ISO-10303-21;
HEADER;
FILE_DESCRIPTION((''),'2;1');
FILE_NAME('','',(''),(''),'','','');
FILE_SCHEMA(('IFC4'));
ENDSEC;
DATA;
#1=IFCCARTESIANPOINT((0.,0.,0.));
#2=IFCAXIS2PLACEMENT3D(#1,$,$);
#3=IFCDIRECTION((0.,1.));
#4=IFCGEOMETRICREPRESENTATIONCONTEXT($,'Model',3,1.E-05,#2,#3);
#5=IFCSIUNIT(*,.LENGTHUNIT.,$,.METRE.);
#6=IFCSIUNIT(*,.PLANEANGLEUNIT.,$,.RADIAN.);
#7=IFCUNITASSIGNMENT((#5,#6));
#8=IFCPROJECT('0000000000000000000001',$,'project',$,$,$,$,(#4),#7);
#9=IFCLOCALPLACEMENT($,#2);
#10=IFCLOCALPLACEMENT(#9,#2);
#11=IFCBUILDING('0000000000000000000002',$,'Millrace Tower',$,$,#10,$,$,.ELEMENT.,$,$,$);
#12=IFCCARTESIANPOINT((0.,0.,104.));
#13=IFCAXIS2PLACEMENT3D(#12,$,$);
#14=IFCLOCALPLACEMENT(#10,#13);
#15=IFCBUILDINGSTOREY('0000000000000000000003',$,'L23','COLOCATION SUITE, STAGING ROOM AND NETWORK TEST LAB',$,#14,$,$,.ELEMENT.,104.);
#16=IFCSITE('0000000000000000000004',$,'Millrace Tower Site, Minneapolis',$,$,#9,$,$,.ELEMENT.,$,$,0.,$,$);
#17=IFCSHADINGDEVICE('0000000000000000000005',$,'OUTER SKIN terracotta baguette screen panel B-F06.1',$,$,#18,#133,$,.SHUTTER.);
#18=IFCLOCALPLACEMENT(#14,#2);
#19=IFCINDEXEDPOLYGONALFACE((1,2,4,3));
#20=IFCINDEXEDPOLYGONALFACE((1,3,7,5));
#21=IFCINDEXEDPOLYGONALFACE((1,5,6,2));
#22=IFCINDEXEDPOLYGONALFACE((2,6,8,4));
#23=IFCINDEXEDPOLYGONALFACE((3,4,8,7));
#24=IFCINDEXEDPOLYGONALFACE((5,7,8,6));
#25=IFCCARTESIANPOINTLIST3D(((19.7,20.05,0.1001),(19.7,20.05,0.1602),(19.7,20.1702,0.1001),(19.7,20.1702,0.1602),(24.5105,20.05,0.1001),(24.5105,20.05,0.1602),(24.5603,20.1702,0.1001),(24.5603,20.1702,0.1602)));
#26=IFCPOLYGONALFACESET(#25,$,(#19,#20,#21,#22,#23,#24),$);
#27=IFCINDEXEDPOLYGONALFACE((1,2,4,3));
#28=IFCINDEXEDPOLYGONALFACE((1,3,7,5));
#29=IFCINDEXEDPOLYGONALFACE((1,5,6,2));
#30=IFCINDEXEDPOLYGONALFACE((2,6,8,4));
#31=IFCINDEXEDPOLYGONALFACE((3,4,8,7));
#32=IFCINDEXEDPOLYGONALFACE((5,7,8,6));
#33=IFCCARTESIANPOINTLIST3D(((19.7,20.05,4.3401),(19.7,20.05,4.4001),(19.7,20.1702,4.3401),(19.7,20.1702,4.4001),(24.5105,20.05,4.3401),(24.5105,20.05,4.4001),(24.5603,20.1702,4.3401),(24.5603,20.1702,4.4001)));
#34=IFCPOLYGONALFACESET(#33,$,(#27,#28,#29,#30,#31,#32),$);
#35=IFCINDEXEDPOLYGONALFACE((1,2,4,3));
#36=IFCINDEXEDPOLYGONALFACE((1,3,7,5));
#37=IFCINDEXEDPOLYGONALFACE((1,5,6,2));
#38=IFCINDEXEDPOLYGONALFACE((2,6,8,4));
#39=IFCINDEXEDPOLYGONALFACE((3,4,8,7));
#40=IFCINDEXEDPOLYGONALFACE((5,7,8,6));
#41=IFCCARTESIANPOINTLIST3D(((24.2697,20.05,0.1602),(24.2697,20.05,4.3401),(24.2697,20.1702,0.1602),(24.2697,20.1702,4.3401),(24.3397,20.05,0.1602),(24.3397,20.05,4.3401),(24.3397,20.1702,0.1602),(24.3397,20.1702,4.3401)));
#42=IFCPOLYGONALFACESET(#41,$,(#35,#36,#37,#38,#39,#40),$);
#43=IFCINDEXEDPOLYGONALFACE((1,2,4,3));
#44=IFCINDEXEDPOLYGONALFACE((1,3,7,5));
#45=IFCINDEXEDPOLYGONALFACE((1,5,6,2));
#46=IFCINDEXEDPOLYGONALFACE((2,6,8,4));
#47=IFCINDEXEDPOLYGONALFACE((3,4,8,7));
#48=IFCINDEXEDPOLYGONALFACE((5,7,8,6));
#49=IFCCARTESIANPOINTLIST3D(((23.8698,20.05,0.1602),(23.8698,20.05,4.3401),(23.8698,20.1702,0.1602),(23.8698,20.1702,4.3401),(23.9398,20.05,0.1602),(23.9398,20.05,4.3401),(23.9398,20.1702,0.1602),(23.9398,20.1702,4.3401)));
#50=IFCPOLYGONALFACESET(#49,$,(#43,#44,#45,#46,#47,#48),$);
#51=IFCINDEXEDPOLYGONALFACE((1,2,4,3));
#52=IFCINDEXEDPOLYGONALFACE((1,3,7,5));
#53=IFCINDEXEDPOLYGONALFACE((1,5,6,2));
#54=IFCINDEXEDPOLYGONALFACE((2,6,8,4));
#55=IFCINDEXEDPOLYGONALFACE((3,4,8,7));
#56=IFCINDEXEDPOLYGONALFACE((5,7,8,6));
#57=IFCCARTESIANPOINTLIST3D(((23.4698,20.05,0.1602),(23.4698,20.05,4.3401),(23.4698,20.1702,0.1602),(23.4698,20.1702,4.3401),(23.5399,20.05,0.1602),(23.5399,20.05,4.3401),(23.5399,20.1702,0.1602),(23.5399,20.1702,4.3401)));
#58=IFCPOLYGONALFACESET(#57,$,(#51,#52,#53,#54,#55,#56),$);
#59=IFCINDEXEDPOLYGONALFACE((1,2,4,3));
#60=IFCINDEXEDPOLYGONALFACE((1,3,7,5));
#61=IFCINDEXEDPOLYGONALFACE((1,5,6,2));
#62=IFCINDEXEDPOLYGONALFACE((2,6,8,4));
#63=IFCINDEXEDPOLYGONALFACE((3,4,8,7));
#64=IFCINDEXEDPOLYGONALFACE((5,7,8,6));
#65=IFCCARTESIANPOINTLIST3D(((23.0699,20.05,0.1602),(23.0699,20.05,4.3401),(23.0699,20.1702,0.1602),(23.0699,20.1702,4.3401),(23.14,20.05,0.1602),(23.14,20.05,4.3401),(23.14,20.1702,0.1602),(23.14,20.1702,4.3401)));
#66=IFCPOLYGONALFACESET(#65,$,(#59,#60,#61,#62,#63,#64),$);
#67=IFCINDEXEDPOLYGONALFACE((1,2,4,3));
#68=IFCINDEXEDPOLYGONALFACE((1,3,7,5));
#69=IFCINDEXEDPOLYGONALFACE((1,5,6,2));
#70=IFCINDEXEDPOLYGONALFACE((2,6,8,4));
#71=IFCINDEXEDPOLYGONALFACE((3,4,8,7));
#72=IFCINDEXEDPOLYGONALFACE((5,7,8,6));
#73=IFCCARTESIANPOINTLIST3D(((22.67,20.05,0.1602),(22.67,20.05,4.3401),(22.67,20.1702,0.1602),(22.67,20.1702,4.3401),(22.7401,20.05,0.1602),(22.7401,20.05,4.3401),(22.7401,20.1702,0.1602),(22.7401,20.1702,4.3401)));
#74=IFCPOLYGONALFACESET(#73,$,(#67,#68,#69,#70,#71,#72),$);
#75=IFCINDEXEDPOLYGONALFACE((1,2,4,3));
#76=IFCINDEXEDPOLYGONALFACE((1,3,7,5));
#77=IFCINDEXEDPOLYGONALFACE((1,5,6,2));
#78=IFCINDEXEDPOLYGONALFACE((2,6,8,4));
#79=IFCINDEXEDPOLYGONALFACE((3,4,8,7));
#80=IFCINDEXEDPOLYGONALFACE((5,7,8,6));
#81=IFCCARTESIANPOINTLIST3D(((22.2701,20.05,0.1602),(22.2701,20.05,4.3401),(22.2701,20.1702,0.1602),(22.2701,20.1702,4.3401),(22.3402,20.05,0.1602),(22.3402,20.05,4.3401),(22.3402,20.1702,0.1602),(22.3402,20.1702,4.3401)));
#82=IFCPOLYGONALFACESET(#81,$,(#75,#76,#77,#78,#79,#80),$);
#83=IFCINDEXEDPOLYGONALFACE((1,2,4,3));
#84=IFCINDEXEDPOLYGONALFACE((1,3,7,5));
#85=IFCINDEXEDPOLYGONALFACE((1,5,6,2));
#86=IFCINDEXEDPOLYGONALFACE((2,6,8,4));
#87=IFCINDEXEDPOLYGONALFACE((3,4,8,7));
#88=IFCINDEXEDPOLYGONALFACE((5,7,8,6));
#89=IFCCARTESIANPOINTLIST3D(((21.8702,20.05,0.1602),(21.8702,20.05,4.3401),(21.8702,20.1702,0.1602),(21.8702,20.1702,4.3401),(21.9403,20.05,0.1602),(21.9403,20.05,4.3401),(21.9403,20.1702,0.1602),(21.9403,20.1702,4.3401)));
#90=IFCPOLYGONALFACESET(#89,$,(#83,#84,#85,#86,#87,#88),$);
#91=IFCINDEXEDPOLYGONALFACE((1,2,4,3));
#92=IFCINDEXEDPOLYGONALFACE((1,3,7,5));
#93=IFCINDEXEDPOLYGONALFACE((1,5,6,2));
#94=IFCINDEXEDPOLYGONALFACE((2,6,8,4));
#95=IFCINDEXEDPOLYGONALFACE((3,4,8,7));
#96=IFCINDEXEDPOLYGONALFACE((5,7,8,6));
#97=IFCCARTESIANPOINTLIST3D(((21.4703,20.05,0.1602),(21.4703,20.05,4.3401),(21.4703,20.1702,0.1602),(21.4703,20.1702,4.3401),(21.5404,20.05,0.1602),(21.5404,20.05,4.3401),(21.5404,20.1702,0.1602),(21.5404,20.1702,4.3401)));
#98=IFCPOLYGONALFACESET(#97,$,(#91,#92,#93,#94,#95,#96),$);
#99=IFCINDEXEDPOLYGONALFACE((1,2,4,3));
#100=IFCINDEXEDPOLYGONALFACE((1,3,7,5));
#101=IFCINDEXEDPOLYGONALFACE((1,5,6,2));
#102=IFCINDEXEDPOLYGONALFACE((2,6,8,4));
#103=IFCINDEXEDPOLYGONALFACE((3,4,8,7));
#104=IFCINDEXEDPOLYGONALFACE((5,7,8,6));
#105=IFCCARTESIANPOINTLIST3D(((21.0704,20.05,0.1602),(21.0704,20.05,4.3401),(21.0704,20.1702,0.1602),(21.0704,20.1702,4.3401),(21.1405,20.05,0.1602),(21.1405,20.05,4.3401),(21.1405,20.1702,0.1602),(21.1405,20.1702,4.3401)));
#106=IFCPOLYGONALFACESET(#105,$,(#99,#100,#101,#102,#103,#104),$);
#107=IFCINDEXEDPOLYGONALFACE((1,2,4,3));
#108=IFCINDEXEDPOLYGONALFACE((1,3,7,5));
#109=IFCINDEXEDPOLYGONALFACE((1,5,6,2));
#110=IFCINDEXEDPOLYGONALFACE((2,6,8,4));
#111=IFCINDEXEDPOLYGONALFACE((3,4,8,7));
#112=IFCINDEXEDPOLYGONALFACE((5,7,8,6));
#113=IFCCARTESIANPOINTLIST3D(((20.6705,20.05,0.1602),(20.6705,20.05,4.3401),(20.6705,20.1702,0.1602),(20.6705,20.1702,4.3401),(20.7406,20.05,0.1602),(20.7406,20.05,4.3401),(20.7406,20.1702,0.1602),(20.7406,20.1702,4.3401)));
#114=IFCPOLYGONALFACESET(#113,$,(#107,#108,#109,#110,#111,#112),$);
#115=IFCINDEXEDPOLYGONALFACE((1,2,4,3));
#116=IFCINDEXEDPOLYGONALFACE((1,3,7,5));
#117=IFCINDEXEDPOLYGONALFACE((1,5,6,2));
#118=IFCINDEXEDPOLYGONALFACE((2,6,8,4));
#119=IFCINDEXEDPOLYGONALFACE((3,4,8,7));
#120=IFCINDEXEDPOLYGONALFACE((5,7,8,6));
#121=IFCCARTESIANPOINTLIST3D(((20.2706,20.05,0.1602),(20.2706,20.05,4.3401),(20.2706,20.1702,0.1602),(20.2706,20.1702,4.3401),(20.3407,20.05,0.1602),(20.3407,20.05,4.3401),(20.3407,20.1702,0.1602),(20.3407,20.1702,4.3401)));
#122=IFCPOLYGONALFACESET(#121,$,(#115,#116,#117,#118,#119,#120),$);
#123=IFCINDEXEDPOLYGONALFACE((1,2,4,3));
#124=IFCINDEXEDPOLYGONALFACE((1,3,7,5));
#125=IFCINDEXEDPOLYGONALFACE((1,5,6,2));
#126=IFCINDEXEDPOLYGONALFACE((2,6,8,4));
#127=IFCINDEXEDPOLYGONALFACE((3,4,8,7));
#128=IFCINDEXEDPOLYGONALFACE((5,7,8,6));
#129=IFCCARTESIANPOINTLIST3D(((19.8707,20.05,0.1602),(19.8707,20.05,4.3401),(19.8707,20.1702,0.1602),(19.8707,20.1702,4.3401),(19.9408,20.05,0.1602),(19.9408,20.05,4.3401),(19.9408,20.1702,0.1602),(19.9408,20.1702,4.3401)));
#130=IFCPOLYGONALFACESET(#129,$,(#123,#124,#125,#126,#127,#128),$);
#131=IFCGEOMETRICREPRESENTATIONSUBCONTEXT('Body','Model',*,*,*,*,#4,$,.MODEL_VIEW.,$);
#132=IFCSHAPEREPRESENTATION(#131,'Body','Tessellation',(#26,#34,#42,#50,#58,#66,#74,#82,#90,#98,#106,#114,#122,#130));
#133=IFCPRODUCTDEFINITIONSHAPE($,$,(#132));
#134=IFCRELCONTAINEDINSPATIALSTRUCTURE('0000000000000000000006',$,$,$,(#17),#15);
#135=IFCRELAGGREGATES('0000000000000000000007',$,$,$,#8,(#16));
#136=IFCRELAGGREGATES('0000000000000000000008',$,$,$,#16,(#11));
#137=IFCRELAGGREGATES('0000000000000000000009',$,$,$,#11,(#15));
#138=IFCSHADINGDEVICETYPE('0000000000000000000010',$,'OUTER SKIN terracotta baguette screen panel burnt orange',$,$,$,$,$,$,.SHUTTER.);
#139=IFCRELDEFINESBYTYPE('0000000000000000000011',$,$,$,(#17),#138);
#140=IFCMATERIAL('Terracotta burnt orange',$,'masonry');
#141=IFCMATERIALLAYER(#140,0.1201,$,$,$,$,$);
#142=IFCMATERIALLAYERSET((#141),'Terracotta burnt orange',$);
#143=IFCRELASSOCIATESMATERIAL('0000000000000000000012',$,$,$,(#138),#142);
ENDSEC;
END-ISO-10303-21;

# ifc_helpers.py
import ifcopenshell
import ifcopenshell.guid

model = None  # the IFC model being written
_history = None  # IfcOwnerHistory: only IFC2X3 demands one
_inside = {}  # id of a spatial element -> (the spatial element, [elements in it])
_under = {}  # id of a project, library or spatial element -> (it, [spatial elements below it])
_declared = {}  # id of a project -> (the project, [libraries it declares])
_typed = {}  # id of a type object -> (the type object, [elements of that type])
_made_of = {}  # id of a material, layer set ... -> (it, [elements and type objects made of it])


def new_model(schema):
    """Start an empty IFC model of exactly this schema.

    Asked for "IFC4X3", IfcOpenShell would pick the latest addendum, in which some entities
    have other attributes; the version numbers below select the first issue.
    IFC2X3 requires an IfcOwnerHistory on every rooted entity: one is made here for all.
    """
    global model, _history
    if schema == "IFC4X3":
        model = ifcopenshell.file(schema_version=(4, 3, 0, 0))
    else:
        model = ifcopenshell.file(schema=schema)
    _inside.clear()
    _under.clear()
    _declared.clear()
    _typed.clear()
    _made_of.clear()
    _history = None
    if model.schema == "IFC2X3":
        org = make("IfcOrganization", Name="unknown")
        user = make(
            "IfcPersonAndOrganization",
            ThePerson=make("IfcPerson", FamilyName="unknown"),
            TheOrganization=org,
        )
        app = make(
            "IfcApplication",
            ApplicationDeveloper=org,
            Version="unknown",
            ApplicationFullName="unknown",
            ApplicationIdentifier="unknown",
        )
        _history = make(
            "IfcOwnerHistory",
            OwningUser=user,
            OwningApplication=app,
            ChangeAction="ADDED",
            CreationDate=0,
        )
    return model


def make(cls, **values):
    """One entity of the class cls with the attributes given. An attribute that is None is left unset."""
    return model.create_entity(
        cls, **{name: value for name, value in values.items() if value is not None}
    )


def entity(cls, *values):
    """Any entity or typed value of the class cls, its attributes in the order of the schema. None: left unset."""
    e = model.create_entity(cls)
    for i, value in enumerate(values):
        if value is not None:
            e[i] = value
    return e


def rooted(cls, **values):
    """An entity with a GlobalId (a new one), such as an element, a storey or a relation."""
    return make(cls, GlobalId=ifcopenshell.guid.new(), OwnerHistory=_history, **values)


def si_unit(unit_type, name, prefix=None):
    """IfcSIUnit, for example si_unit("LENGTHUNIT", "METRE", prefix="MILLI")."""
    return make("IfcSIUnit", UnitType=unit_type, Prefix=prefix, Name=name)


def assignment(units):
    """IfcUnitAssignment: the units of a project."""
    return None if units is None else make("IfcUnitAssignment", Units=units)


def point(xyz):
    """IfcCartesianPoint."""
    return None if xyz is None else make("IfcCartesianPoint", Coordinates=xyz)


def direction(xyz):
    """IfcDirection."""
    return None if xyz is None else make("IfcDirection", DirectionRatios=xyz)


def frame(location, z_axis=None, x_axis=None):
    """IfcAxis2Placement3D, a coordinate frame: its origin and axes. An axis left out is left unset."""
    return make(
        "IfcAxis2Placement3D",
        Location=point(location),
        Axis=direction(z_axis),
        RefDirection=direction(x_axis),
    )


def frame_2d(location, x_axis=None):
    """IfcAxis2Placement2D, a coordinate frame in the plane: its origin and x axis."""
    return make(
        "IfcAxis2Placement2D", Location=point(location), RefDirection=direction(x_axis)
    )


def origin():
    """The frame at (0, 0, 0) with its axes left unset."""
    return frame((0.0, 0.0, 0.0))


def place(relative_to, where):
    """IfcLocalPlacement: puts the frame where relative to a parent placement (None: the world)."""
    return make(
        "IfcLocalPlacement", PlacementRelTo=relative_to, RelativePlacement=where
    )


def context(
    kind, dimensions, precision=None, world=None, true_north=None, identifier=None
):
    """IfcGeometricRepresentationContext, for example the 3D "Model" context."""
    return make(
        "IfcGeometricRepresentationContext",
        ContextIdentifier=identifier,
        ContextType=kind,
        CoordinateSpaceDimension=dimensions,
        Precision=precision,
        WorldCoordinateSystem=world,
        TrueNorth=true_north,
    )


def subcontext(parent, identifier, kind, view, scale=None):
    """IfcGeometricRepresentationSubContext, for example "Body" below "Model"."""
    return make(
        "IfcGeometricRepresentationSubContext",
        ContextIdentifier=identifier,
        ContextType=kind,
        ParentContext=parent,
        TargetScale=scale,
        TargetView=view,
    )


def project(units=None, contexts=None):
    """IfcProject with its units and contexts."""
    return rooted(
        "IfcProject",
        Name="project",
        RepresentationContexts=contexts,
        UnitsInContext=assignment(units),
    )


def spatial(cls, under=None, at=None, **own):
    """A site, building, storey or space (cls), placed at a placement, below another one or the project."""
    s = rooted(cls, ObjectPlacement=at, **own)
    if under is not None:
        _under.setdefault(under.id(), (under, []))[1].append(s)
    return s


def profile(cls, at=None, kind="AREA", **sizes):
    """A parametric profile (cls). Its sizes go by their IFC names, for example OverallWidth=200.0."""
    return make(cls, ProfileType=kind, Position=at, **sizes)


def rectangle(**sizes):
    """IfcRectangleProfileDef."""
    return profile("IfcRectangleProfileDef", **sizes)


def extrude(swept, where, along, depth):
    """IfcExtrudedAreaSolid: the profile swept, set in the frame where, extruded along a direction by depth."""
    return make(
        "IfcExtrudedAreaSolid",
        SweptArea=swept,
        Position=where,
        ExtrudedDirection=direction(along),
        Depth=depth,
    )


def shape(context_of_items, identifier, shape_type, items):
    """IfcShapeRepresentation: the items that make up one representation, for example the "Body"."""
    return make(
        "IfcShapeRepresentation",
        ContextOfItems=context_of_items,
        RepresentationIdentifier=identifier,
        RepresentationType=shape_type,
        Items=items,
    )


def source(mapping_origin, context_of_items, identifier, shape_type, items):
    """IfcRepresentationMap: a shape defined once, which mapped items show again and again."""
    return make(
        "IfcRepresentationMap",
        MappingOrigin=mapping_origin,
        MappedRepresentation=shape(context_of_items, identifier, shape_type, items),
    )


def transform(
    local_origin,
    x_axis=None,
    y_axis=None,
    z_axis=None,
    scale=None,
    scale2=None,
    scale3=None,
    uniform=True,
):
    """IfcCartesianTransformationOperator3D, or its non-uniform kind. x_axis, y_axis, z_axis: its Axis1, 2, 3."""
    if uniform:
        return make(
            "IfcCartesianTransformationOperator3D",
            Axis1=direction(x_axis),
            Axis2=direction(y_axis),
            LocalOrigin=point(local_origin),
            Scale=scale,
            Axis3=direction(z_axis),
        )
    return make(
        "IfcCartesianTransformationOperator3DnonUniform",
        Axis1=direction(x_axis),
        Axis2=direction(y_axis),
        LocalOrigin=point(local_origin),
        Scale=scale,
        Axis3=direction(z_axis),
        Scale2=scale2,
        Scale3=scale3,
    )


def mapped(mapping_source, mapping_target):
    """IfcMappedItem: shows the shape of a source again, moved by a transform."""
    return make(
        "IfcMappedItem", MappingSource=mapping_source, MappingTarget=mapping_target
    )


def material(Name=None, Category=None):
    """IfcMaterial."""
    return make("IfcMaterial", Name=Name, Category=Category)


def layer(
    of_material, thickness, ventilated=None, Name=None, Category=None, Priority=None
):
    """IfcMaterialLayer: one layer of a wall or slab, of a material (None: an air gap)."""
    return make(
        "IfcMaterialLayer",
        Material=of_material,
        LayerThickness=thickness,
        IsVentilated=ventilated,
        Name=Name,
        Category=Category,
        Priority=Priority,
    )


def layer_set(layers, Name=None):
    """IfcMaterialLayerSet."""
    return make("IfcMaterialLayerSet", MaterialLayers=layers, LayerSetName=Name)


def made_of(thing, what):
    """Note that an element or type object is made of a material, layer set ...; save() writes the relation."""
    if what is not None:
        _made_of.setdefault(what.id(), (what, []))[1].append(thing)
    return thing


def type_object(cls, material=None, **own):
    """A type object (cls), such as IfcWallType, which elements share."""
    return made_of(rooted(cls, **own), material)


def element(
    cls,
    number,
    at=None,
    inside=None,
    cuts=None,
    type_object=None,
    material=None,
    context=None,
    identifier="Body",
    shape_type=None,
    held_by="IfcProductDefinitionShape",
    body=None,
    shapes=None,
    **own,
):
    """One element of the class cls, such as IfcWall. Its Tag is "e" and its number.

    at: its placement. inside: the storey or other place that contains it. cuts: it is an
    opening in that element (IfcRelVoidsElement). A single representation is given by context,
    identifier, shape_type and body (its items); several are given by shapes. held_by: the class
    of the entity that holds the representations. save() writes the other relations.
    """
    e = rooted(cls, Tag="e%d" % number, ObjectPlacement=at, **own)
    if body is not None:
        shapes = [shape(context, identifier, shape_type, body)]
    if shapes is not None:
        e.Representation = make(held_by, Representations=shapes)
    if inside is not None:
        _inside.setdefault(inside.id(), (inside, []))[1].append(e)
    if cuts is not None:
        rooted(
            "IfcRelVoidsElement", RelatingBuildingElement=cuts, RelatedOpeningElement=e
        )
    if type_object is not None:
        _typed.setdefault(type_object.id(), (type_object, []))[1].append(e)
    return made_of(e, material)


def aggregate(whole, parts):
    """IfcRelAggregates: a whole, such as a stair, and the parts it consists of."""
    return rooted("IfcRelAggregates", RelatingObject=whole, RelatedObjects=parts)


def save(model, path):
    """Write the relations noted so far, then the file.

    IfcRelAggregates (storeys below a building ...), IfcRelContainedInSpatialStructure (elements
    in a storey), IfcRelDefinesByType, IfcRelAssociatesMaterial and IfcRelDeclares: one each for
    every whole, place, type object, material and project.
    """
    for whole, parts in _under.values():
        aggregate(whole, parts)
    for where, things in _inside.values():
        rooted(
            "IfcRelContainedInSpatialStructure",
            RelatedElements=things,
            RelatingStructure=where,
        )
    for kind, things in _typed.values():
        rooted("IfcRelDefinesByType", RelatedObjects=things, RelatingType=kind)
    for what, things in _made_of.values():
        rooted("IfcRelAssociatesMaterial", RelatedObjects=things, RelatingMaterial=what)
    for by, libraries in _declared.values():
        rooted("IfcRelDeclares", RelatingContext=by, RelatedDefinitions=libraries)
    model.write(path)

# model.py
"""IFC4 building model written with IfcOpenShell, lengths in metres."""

from ifc_helpers import new_model, entity, si_unit, direction, frame, frame_2d, origin, place, context, subcontext, project, spatial, rectangle, extrude, source, transform, mapped, material, layer, layer_set, type_object, element, save


model = new_model("IFC4")

# Units and contexts
model_context = context("Model", 3, precision=1e-05, world=origin(), true_north=direction((0.0, 1.0)))
body_context = subcontext(model_context, "Body", "Model", "MODEL_VIEW")
ifc_project = project(units=[si_unit("LENGTHUNIT", "METRE"), si_unit("PLANEANGLEUNIT", "RADIAN")], contexts=[model_context])

# Site, building, storey
site_placement = place(None, origin())
site = spatial("IfcSite", under=ifc_project, at=site_placement, Name="Millrace Tower Site, Minneapolis", CompositionType="ELEMENT", RefElevation=0.0)
building_placement = place(site_placement, origin())
building = spatial("IfcBuilding", under=site, at=building_placement, Name="Millrace Tower", CompositionType="ELEMENT")
storey_placement = place(building_placement, frame((0.0, 0.0, 104.0)))
storey = spatial("IfcBuildingStorey", under=building, at=storey_placement, Name="L23", Description="COLOCATION SUITE, STAGING ROOM AND NETWORK TEST LAB", CompositionType="ELEMENT", Elevation=104.0)

# Shading device
ifc_material_1 = material(Name="Terracotta burnt orange", Category="masonry")
ifc_layer_1 = layer(ifc_material_1, 0.1201)
ifc_layer_set_1 = layer_set([ifc_layer_1], Name="Terracotta burnt orange")
shading_device_type = type_object("IfcShadingDeviceType", Name="OUTER SKIN terracotta baguette screen panel burnt orange", PredefinedType="SHUTTER", material=ifc_layer_set_1)
cartesian_point_1 = entity("IfcCartesianPoint", [-2.3928, 0.0601])
shared_polyline_1 = entity("IfcPolyline", [cartesian_point_1, entity("IfcCartesianPoint", [2.4177, 0.0601]), entity("IfcCartesianPoint", [2.4177, -0.0601]), entity("IfcCartesianPoint", [-2.4426, -0.0601]), cartesian_point_1])
shared_shape_1 = source(origin(), body_context, "Body", "SweptSolid", [
    entity("IfcExtrudedAreaSolid", entity("IfcArbitraryClosedProfileDef", "AREA", None, shared_polyline_1), entity("IfcAxis2Placement3D", entity("IfcCartesianPoint", [0.0, 0.0, 0.0])), entity("IfcDirection", [0.0, 0.0, 1.0]), 0.0601),
    entity("IfcExtrudedAreaSolid", entity("IfcArbitraryClosedProfileDef", "AREA", None, shared_polyline_1), entity("IfcAxis2Placement3D", entity("IfcCartesianPoint", [0.0, 0.0, 4.24])), entity("IfcDirection", [0.0, 0.0, 1.0]), 0.0601),
    extrude(rectangle(XDim=0.0701, YDim=0.1201, at=frame_2d((-2.187, 0.0))), frame((0.0, 0.0, 0.0601)), (0.0, 0.0, 1.0), 4.1799),
    extrude(rectangle(XDim=0.0701, YDim=0.1201, at=frame_2d((-1.7871, 0.0))), frame((0.0, 0.0, 0.0601)), (0.0, 0.0, 1.0), 4.1799),
    extrude(rectangle(XDim=0.0701, YDim=0.1201, at=frame_2d((-1.3872, 0.0))), frame((0.0, 0.0, 0.0601)), (0.0, 0.0, 1.0), 4.1799),
    extrude(rectangle(XDim=0.0701, YDim=0.1201, at=frame_2d((-0.9873, 0.0))), frame((0.0, 0.0, 0.0601)), (0.0, 0.0, 1.0), 4.1799),
    extrude(rectangle(XDim=0.0701, YDim=0.1201, at=frame_2d((-0.5874, 0.0))), frame((0.0, 0.0, 0.0601)), (0.0, 0.0, 1.0), 4.1799),
    extrude(rectangle(XDim=0.0701, YDim=0.1201, at=frame_2d((-0.1875, 0.0))), frame((0.0, 0.0, 0.0601)), (0.0, 0.0, 1.0), 4.1799),
    extrude(rectangle(XDim=0.0701, YDim=0.1201, at=frame_2d((0.2124, 0.0))), frame((0.0, 0.0, 0.0601)), (0.0, 0.0, 1.0), 4.1799),
    extrude(rectangle(XDim=0.0701, YDim=0.1201, at=frame_2d((0.6123, 0.0))), frame((0.0, 0.0, 0.0601)), (0.0, 0.0, 1.0), 4.1799),
    extrude(rectangle(XDim=0.0701, YDim=0.1201, at=frame_2d((1.0122, 0.0))), frame((0.0, 0.0, 0.0601)), (0.0, 0.0, 1.0), 4.1799),
    extrude(rectangle(XDim=0.0701, YDim=0.1201, at=frame_2d((1.4121, 0.0))), frame((0.0, 0.0, 0.0601)), (0.0, 0.0, 1.0), 4.1799),
    extrude(rectangle(XDim=0.0701, YDim=0.1201, at=frame_2d((1.812, 0.0))), frame((0.0, 0.0, 0.0601)), (0.0, 0.0, 1.0), 4.1799),
    extrude(rectangle(XDim=0.0701, YDim=0.1201, at=frame_2d((2.2119, 0.0))), frame((0.0, 0.0, 0.0601)), (0.0, 0.0, 1.0), 4.1799),
])
shading_device_1_placement = place(storey_placement, frame((22.1177, 20.1101, 0.1001), z_axis=(0.0, 0.0, 1.0), x_axis=(-1.0, 0.0, 0.0)))
element("IfcShadingDevice", 1, at=shading_device_1_placement, inside=storey, type_object=shading_device_type, Name="OUTER SKIN terracotta baguette screen panel B-F06.1", PredefinedType="SHUTTER", context=body_context, shape_type="MappedRepresentation", body=[
    mapped(shared_shape_1, transform((0.0, 0.0, 0.0), scale=1.0)),
])

save(model, "model.ifc")
